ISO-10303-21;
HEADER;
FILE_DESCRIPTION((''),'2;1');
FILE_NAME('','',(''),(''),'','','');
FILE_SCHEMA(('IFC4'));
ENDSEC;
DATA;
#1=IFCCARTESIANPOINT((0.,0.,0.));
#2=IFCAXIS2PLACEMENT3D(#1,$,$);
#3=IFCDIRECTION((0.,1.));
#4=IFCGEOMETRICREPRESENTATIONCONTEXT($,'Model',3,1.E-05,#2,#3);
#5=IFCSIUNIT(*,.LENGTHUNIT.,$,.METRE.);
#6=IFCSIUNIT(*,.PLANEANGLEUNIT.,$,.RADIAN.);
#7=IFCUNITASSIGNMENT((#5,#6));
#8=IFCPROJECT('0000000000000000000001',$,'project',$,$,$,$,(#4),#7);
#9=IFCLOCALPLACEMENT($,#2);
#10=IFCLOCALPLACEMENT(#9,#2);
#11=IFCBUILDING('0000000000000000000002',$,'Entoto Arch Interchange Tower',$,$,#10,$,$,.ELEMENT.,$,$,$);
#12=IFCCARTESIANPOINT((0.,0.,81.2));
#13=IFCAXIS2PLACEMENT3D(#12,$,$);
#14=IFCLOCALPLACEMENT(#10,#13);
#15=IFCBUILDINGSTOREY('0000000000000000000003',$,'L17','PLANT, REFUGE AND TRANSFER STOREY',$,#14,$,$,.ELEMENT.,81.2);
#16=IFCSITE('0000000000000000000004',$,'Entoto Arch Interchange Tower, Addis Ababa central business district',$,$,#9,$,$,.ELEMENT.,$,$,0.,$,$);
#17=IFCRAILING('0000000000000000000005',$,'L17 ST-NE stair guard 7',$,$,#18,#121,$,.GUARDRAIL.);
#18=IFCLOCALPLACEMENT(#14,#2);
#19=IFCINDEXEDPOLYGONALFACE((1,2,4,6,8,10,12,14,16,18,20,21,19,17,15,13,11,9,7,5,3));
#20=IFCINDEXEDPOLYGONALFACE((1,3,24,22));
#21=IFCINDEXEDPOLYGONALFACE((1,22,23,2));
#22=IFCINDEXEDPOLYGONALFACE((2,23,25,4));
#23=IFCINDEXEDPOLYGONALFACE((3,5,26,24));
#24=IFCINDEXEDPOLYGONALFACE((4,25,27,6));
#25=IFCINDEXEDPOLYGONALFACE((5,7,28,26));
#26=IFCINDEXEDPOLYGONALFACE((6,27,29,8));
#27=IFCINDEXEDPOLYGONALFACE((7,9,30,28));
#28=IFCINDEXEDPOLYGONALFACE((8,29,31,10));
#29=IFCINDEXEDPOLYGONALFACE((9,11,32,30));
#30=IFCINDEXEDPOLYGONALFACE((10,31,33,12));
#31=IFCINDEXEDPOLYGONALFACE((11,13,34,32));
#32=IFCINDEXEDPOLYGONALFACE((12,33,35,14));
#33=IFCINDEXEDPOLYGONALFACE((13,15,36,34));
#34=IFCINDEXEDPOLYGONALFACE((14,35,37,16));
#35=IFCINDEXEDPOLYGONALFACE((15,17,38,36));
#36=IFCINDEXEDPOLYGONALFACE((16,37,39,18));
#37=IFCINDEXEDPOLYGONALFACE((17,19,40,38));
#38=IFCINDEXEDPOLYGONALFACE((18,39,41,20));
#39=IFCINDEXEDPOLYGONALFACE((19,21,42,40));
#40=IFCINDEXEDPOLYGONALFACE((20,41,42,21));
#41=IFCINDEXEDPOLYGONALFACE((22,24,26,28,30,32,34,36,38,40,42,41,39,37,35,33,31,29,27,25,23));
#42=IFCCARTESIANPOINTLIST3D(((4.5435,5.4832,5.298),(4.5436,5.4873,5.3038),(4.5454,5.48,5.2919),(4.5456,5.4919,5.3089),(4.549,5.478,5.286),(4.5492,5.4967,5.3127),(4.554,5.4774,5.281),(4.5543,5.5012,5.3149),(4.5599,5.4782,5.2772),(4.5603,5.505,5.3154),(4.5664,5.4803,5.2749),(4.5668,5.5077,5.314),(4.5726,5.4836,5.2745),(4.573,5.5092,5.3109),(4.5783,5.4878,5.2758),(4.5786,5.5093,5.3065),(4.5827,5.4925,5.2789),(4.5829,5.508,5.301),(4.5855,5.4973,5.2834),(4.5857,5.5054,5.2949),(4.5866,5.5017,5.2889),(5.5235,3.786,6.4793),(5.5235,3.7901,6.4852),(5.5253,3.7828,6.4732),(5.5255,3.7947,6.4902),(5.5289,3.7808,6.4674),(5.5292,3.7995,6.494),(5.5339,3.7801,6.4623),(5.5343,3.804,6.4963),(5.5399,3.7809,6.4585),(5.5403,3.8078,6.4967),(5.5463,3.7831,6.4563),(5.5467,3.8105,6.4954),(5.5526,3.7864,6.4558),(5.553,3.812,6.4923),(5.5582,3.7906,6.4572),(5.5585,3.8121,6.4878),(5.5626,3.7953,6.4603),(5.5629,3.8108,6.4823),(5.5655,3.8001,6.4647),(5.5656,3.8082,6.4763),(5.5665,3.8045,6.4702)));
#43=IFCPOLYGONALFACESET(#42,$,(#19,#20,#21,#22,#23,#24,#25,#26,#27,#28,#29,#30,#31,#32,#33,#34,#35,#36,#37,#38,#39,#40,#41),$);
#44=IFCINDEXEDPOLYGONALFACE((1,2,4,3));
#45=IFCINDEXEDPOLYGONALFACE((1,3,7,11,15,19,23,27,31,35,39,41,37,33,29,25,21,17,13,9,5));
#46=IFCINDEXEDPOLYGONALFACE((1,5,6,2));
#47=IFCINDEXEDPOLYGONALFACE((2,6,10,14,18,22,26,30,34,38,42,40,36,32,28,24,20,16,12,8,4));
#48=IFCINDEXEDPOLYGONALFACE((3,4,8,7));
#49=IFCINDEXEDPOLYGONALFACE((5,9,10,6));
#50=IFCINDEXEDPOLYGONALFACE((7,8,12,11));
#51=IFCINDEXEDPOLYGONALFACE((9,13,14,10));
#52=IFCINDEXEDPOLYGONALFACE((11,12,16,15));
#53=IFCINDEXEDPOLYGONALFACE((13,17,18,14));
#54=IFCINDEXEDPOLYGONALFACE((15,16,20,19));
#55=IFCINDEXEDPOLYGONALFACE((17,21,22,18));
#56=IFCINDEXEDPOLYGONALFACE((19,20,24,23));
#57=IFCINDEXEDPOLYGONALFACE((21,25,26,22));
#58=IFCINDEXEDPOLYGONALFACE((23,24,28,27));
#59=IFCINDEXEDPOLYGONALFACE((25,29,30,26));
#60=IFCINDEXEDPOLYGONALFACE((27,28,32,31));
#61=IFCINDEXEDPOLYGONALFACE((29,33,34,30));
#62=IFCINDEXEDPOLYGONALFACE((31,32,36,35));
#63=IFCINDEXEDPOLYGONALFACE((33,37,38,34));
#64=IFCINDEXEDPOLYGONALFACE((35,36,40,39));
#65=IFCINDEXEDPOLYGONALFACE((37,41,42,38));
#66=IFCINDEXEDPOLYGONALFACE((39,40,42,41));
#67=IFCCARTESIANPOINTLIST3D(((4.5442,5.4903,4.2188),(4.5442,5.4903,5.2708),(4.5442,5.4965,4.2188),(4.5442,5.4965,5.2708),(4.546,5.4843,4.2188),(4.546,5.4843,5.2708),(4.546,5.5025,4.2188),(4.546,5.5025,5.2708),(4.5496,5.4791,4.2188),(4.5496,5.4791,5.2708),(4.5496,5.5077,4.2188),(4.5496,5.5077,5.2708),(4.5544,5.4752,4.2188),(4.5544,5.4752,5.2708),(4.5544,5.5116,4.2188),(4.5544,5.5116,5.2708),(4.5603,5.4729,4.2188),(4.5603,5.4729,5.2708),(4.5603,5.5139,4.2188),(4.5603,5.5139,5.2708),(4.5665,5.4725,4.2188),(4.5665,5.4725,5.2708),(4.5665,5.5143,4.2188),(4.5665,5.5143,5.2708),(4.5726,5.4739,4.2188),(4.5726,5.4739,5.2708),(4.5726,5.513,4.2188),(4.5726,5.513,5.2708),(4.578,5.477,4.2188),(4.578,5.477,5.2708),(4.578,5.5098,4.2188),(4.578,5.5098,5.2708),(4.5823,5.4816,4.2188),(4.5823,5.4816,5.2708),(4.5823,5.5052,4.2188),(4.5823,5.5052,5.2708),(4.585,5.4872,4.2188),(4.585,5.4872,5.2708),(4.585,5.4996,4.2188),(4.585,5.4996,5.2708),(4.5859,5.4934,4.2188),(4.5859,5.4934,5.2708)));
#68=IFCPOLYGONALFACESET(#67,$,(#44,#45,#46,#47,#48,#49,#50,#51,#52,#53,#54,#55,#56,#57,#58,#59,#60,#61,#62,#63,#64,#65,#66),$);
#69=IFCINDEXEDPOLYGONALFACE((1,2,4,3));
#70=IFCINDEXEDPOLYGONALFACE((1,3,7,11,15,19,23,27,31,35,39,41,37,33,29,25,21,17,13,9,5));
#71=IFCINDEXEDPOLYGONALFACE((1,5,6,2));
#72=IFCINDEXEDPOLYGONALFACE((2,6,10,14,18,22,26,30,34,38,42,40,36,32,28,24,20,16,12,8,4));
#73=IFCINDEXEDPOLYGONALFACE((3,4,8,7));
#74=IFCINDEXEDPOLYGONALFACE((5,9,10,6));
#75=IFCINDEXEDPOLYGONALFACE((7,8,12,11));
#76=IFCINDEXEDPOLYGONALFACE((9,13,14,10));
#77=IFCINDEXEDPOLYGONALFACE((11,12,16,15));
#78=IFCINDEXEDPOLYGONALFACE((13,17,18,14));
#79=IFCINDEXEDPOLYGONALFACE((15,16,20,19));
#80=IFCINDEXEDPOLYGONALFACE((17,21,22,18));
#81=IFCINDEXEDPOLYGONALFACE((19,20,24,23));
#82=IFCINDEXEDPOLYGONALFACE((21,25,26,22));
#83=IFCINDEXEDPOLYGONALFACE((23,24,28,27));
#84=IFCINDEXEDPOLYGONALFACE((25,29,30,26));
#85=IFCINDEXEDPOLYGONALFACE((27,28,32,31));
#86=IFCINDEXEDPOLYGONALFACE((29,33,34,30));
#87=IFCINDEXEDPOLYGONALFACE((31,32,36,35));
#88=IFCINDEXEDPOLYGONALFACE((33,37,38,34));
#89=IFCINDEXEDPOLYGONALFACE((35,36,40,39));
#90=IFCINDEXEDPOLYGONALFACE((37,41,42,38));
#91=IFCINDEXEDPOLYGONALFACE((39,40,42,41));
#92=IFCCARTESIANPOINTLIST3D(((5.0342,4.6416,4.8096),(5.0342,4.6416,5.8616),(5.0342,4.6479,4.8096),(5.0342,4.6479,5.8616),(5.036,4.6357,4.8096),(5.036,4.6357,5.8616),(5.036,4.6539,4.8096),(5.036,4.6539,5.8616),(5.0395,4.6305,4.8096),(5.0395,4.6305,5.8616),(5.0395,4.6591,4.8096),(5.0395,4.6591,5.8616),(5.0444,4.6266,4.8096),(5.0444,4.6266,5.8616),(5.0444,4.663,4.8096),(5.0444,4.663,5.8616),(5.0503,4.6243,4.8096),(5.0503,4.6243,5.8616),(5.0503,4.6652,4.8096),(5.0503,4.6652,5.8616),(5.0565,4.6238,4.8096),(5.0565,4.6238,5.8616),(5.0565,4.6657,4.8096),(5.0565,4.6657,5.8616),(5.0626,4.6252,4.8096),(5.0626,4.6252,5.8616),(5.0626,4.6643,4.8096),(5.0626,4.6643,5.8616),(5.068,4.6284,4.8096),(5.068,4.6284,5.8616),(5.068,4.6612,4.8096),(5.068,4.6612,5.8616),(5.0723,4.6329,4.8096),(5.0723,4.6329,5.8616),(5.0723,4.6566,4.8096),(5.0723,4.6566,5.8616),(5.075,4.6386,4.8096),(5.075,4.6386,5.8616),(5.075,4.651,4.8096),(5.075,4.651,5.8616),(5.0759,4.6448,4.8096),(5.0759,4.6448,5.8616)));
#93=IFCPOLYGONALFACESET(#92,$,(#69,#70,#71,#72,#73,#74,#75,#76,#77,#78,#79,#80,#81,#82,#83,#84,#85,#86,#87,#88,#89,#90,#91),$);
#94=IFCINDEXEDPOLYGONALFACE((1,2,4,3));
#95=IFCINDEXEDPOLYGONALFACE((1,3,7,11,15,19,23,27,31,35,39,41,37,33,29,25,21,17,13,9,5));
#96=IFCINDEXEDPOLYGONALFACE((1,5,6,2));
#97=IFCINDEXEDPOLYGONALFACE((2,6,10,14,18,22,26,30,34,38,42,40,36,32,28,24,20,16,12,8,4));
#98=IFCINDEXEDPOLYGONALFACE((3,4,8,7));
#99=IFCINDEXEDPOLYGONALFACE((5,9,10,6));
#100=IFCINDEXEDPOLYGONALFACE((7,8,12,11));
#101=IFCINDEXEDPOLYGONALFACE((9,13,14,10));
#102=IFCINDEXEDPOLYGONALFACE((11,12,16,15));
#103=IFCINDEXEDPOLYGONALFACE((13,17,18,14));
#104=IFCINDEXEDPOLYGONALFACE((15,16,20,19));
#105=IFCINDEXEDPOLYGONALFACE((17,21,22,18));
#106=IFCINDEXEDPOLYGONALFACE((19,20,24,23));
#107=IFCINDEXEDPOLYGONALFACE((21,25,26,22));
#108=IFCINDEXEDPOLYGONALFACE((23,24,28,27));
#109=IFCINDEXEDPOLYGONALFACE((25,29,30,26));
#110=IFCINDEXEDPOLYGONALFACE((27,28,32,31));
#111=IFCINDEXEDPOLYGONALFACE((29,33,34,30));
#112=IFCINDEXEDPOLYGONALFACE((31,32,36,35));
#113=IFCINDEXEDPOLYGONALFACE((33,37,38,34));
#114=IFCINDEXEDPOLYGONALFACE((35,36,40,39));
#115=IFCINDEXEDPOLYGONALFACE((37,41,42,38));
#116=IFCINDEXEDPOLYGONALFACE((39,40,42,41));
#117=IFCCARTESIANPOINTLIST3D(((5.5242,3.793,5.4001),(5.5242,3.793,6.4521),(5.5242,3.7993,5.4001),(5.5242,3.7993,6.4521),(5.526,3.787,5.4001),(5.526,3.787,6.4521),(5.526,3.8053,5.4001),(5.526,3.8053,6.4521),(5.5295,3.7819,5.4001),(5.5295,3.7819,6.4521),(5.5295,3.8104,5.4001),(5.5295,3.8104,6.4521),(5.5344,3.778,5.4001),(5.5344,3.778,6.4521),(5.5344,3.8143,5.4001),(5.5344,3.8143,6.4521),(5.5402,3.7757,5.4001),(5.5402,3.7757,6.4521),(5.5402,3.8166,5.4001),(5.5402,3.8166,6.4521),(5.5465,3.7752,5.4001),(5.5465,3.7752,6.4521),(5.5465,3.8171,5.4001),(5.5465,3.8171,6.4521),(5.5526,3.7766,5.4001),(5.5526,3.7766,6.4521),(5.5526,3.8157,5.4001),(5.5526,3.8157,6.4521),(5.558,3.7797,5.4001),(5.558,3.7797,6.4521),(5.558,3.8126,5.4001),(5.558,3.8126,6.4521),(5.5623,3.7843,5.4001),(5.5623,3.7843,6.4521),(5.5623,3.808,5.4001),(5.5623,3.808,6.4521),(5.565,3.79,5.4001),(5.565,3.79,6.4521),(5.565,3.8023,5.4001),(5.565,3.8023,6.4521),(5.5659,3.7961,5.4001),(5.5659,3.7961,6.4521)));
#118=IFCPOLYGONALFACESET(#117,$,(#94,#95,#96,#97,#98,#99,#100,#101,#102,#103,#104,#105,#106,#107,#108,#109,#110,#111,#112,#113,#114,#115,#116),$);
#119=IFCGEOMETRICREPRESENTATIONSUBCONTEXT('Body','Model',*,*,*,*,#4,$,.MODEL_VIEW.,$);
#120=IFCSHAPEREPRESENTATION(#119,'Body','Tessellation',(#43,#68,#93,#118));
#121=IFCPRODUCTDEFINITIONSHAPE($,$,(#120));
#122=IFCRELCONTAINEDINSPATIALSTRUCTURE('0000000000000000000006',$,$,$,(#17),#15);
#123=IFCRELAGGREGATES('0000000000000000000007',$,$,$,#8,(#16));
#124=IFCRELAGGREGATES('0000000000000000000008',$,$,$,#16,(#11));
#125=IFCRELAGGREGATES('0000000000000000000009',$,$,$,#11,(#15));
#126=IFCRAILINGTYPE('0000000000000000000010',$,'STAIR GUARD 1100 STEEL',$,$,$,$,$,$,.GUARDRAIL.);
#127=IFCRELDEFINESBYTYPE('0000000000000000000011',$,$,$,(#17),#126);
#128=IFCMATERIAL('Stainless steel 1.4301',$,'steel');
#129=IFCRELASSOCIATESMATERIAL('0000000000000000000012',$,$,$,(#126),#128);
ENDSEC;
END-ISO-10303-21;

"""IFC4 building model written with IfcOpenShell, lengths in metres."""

from ifc_helpers import new_model, si_unit, direction, frame, origin, origin_2d, place, context, subcontext, project, spatial, circle, extrude, material, type_object, element, save


model = new_model("IFC4")

# Units and contexts
model_context = context("Model", 3, precision=1e-05, world=origin(), true_north=direction((0.0, 1.0)))
body_context = subcontext(model_context, "Body", "Model", "MODEL_VIEW")
ifc_project = project(units=[si_unit("LENGTHUNIT", "METRE"), si_unit("PLANEANGLEUNIT", "RADIAN")], contexts=[model_context])

# Site, building, storey
site_placement = place(None, origin())
site = spatial("IfcSite", under=ifc_project, at=site_placement, Name="Entoto Arch Interchange Tower, Addis Ababa central business district", CompositionType="ELEMENT", RefElevation=0.0)
building_placement = place(site_placement, origin())
building = spatial("IfcBuilding", under=site, at=building_placement, Name="Entoto Arch Interchange Tower", CompositionType="ELEMENT")
storey_placement = place(building_placement, frame((0.0, 0.0, 81.2)))
storey = spatial("IfcBuildingStorey", under=building, at=storey_placement, Name="L17", Description="PLANT, REFUGE AND TRANSFER STOREY", CompositionType="ELEMENT", Elevation=81.2)

# Railing
ifc_material_1 = material(Name="Stainless steel 1.4301", Category="steel")
railing_type_1 = type_object("IfcRailingType", Name="STAIR GUARD 1100 STEEL", PredefinedType="GUARDRAIL", material=ifc_material_1)
railing_1_placement = place(storey_placement, frame((4.5649, 5.4934, 4.2188)))
element("IfcRailing", 1, at=railing_1_placement, inside=storey, type_object=railing_type_1, Name="L17 ST-NE stair guard 7", PredefinedType="GUARDRAIL", context=body_context, shape_type="SweptSolid", body=[
    extrude(circle(Radius=0.0239, at=origin_2d()), frame((0.0, 0.0, 1.0762), z_axis=(0.428238, -0.741683, 0.516255), x_axis=(0.866011, 0.500024, 0.0)), (0.0, 0.0, 1.0), 2.2883),
    extrude(circle(Radius=0.021, at=origin_2d()), origin(), (0.0, 0.0, 1.0), 1.052),
    extrude(circle(Radius=0.021, at=origin_2d()), frame((0.49, -0.8486, 0.5908)), (0.0, 0.0, 1.0), 1.052),
    extrude(circle(Radius=0.021, at=origin_2d()), frame((0.98, -1.6973, 1.1814)), (0.0, 0.0, 1.0), 1.052),
])

save(model, "model.ifc")
